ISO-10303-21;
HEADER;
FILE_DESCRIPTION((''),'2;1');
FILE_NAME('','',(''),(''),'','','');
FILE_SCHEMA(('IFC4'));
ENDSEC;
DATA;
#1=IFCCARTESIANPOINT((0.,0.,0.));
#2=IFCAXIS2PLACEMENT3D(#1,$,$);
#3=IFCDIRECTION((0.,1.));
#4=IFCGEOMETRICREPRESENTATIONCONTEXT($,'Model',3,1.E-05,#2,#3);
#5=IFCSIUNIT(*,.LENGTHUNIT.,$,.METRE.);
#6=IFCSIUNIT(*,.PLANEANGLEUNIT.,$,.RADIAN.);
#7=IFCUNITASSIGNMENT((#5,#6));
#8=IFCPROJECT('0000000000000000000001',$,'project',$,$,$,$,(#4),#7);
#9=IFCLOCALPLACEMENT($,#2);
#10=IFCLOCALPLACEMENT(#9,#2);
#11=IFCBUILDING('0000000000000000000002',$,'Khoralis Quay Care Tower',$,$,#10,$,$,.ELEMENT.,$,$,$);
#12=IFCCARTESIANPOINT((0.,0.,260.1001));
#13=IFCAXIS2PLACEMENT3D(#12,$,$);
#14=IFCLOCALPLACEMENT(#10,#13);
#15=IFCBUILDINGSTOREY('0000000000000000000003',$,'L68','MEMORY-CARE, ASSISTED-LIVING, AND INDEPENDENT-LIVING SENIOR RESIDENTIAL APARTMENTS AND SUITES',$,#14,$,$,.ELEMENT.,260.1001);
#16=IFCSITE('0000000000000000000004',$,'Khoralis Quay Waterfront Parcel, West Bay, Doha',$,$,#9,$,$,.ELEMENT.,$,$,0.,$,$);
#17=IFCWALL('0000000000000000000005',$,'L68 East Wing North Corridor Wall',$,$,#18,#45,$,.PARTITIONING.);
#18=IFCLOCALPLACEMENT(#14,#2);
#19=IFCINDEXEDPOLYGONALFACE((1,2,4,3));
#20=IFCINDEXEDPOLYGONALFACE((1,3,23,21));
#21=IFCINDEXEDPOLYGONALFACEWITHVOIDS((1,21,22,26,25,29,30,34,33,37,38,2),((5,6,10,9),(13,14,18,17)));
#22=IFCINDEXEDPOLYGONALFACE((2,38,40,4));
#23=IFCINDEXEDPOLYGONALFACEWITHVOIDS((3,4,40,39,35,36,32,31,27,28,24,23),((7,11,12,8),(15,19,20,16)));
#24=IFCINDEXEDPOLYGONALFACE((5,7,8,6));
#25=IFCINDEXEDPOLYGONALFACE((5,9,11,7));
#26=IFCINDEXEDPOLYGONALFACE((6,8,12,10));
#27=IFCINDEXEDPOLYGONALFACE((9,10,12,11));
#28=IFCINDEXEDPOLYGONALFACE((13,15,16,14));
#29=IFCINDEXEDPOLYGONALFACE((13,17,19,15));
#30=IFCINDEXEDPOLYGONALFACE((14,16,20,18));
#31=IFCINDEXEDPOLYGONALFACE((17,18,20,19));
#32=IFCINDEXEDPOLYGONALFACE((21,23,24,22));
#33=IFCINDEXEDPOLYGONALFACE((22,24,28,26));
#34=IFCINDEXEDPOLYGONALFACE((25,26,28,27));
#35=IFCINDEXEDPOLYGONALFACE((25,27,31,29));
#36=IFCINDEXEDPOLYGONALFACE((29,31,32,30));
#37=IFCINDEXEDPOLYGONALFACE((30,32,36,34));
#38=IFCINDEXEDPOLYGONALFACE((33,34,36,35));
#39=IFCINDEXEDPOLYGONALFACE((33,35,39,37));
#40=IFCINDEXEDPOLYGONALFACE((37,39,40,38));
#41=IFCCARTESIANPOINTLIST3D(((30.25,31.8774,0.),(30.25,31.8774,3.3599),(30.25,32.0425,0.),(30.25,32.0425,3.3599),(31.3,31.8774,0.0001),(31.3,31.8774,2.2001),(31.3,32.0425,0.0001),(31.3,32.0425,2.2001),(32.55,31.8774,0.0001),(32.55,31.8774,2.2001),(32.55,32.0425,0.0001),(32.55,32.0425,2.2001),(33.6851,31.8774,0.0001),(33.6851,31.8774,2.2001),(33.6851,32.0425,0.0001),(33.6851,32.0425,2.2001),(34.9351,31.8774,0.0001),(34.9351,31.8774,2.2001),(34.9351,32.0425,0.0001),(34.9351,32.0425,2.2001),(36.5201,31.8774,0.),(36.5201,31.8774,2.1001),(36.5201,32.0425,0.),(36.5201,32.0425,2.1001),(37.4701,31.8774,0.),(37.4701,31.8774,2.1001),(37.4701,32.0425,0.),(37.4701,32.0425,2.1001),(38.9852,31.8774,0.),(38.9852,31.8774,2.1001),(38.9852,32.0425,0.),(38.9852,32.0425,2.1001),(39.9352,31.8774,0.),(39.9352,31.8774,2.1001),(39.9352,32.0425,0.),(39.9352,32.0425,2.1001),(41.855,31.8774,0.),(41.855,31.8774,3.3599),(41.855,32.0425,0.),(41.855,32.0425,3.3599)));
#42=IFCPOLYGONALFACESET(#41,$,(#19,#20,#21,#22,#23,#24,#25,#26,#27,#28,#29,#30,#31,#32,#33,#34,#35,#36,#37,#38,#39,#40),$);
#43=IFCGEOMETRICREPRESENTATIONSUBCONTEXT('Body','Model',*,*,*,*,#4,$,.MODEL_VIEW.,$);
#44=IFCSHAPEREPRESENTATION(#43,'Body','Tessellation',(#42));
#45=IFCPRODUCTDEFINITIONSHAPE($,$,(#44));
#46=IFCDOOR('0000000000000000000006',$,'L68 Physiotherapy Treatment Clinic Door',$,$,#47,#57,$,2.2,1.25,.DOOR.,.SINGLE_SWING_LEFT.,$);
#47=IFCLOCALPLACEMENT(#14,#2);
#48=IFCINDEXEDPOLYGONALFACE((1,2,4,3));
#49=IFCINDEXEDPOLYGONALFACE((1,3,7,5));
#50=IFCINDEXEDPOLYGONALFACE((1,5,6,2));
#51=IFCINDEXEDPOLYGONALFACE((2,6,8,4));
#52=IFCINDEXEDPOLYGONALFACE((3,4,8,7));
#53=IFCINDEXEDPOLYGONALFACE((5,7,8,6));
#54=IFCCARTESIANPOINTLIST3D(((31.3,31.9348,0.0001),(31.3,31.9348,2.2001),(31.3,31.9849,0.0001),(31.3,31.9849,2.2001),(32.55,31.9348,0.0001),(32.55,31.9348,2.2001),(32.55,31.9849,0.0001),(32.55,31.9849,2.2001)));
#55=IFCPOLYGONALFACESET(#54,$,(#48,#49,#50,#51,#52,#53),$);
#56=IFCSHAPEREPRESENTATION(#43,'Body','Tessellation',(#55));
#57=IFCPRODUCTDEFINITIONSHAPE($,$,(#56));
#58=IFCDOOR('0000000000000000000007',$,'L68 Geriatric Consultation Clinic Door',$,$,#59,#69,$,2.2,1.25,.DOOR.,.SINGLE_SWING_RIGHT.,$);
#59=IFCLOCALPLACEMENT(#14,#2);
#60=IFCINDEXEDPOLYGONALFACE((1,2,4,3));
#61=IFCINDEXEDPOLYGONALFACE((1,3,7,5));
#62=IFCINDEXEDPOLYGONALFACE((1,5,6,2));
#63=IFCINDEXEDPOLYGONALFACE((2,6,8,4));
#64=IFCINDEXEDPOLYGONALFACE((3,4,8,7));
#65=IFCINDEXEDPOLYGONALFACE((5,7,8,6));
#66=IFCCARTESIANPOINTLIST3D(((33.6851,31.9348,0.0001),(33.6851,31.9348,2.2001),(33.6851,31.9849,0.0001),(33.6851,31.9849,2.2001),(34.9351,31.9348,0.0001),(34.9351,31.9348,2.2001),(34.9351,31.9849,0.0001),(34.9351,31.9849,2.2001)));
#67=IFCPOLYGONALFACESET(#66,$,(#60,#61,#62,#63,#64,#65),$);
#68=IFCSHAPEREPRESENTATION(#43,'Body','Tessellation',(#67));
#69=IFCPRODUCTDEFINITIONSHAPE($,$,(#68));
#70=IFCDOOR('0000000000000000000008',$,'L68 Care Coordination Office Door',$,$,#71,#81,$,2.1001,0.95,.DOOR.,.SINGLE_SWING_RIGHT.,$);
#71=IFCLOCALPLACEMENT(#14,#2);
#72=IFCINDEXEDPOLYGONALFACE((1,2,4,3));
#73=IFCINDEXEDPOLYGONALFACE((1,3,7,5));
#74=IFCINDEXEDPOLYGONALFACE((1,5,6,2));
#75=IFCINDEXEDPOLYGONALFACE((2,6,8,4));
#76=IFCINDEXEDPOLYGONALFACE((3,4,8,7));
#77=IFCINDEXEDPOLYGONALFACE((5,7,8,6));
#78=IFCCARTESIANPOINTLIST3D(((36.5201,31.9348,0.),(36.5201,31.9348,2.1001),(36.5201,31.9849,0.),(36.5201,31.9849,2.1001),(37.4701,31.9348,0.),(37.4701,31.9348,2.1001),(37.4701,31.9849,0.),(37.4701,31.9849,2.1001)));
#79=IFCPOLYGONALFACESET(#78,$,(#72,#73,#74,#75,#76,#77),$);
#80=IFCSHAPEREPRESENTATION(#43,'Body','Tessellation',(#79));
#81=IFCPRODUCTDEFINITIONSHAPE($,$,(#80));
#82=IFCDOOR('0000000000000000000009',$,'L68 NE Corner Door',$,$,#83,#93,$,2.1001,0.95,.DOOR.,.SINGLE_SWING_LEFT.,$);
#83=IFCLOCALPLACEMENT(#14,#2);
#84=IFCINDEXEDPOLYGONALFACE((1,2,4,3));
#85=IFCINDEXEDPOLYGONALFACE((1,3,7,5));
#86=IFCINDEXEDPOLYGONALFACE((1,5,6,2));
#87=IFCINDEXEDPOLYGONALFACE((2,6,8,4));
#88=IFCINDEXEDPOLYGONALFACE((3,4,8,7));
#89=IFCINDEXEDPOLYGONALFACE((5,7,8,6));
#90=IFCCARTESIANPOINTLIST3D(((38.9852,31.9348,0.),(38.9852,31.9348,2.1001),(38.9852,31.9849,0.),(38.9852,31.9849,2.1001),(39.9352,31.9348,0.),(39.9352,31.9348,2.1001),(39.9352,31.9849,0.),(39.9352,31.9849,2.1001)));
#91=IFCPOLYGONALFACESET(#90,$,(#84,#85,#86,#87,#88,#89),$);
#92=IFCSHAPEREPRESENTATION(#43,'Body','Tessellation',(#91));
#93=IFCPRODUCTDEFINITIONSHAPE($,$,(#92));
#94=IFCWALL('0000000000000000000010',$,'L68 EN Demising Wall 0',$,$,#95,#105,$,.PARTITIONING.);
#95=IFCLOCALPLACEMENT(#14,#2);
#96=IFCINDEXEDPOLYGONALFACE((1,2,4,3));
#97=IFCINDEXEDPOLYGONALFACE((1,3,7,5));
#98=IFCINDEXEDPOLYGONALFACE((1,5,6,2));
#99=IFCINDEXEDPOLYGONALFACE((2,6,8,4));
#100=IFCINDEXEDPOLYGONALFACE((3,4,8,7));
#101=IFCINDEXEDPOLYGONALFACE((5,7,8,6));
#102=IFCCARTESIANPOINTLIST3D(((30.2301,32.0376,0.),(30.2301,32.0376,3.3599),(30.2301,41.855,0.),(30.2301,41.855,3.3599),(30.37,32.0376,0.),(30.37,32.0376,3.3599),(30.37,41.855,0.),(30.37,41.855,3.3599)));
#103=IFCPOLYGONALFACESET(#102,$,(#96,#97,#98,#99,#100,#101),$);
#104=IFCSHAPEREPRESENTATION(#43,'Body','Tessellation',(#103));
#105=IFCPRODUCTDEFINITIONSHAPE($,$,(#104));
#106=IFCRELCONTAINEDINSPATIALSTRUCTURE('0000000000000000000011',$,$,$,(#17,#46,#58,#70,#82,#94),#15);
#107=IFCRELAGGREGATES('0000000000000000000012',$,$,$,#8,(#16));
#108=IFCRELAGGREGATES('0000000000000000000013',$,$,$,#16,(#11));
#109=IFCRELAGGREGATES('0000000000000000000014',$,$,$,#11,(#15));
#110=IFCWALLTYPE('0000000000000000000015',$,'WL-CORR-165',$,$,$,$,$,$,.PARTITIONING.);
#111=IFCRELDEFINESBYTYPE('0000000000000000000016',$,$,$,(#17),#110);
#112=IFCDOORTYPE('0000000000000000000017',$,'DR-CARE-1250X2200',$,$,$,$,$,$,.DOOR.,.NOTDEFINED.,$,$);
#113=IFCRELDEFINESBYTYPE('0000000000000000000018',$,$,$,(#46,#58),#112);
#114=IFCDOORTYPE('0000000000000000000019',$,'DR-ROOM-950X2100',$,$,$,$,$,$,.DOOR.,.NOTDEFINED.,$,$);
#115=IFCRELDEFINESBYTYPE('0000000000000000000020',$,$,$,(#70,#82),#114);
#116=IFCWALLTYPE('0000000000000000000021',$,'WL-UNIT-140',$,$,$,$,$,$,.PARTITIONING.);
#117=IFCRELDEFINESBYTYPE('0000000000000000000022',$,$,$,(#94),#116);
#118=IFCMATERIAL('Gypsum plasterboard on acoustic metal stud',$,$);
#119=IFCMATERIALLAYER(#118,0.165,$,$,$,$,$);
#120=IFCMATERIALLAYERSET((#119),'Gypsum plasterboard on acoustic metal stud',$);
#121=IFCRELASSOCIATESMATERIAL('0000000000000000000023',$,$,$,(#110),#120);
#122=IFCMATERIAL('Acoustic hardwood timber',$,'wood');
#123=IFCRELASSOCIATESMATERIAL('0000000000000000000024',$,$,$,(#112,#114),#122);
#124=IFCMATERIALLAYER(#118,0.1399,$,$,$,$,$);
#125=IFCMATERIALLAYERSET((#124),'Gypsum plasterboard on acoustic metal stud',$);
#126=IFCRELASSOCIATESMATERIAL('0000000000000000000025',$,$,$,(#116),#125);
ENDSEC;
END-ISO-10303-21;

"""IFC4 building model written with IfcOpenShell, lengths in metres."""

from ifc_helpers import new_model, si_unit, direction, frame, frame_2d, origin, place, context, subcontext, project, spatial, rectangle, extrude, source, transform, mapped, material, layer, layer_set, type_object, element, fill, save


model = new_model("IFC4")

# Units and contexts
model_context = context("Model", 3, precision=1e-05, world=origin(), true_north=direction((0.0, 1.0)))
body_context = subcontext(model_context, "Body", "Model", "MODEL_VIEW")
ifc_project = project(units=[si_unit("LENGTHUNIT", "METRE"), si_unit("PLANEANGLEUNIT", "RADIAN")], contexts=[model_context])

# Site, building, storey
site_placement = place(None, origin())
site = spatial("IfcSite", under=ifc_project, at=site_placement, Name="Khoralis Quay Waterfront Parcel, West Bay, Doha", CompositionType="ELEMENT", RefElevation=0.0)
building_placement = place(site_placement, origin())
building = spatial("IfcBuilding", under=site, at=building_placement, Name="Khoralis Quay Care Tower", CompositionType="ELEMENT")
storey_placement = place(building_placement, frame((0.0, 0.0, 260.1001)))
storey = spatial("IfcBuildingStorey", under=building, at=storey_placement, Name="L68", Description="MEMORY-CARE, ASSISTED-LIVING, AND INDEPENDENT-LIVING SENIOR RESIDENTIAL APARTMENTS AND SUITES", CompositionType="ELEMENT", Elevation=260.1001)

# Shared definitions
ifc_material_1 = material(Name="Gypsum plasterboard on acoustic metal stud")
ifc_layer_1 = layer(ifc_material_1, 0.165)
ifc_layer_set_1 = layer_set([ifc_layer_1], Name="Gypsum plasterboard on acoustic metal stud")
wall_type_1 = type_object("IfcWallType", Name="WL-CORR-165", PredefinedType="PARTITIONING", material=ifc_layer_set_1)

# Wall, openings, doors
wall_1_placement = place(storey_placement, frame((30.25, 31.96, 0.0), z_axis=(0.0, 0.0, 1.0), x_axis=(1.0, 0.0, 0.0)))
wall_1 = element("IfcWall", 1, at=wall_1_placement, inside=storey, type_object=wall_type_1, Name="L68 East Wing North Corridor Wall", PredefinedType="PARTITIONING", context=body_context, shape_type="SweptSolid", body=[
    extrude(rectangle(XDim=11.605, YDim=0.165, at=frame_2d((5.8025, 0.0))), origin(), (0.0, 0.0, 1.0), 3.3599),
])
opening_1_placement = place(wall_1_placement, frame((1.05, 0.0, 0.0)))
opening_1 = element("IfcOpeningElement", 2, at=opening_1_placement, cuts=wall_1, PredefinedType="OPENING", context=body_context, shape_type="SweptSolid", body=[
    extrude(rectangle(XDim=1.25, YDim=2.2, at=frame_2d((0.625, 1.1001))), frame((0.0, 0.0925, 0.0), z_axis=(0.0, -1.0, 0.0), x_axis=(1.0, 0.0, 0.0)), (0.0, 0.0, 1.0), 0.1851),
])
opening_2_placement = place(wall_1_placement, frame((3.4351, 0.0, 0.0)))
opening_2 = element("IfcOpeningElement", 3, at=opening_2_placement, cuts=wall_1, PredefinedType="OPENING", context=body_context, shape_type="SweptSolid", body=[
    extrude(rectangle(XDim=1.25, YDim=2.2, at=frame_2d((0.625, 1.1001))), frame((0.0, 0.0925, 0.0), z_axis=(0.0, -1.0, 0.0), x_axis=(1.0, 0.0, 0.0)), (0.0, 0.0, 1.0), 0.1851),
])
opening_3_placement = place(wall_1_placement, frame((6.27, 0.0, 0.0)))
opening_3 = element("IfcOpeningElement", 4, at=opening_3_placement, cuts=wall_1, PredefinedType="OPENING", context=body_context, shape_type="SweptSolid", body=[
    extrude(rectangle(XDim=0.95, YDim=2.1001, at=frame_2d((0.4751, 1.05))), frame((0.0, 0.0925, 0.0), z_axis=(0.0, -1.0, 0.0), x_axis=(1.0, 0.0, 0.0)), (0.0, 0.0, 1.0), 0.1851),
])
opening_4_placement = place(wall_1_placement, frame((8.7351, 0.0, 0.0)))
opening_4 = element("IfcOpeningElement", 5, at=opening_4_placement, cuts=wall_1, PredefinedType="OPENING", context=body_context, shape_type="SweptSolid", body=[
    extrude(rectangle(XDim=0.95, YDim=2.1001, at=frame_2d((0.4751, 1.05))), frame((0.0, 0.0925, 0.0), z_axis=(0.0, -1.0, 0.0), x_axis=(1.0, 0.0, 0.0)), (0.0, 0.0, 1.0), 0.1851),
])
ifc_material_2 = material(Name="Acoustic hardwood timber", Category="wood")
door_type_1 = type_object("IfcDoorType", Name="DR-CARE-1250X2200", OperationType="NOTDEFINED", PredefinedType="DOOR", material=ifc_material_2)
shared_shape_1 = source(origin(), body_context, "Body", "SweptSolid", [
    extrude(rectangle(XDim=1.25, YDim=2.2, at=frame_2d((0.625, 1.1001))), frame((0.0, 0.0249, 0.0), z_axis=(0.0, -1.0, 0.0), x_axis=(1.0, 0.0, 0.0)), (0.0, 0.0, 1.0), 0.05),
])
door_1_placement = place(opening_1_placement, origin())
door_1 = element("IfcDoor", 6, at=door_1_placement, inside=storey, type_object=door_type_1, Name="L68 Physiotherapy Treatment Clinic Door", OperationType="SINGLE_SWING_LEFT", OverallHeight=2.2, OverallWidth=1.25, PredefinedType="DOOR", context=body_context, shape_type="MappedRepresentation", body=[
    mapped(shared_shape_1, transform((0.0, 0.0, 0.0), scale=1.0)),
])
fill(opening_1, door_1)
door_2_placement = place(opening_2_placement, origin())
door_2 = element("IfcDoor", 7, at=door_2_placement, inside=storey, type_object=door_type_1, Name="L68 Geriatric Consultation Clinic Door", OperationType="SINGLE_SWING_RIGHT", OverallHeight=2.2, OverallWidth=1.25, PredefinedType="DOOR", context=body_context, shape_type="MappedRepresentation", body=[
    mapped(shared_shape_1, transform((0.0, 0.0, 0.0), scale=1.0)),
])
fill(opening_2, door_2)
door_type_2 = type_object("IfcDoorType", Name="DR-ROOM-950X2100", OperationType="NOTDEFINED", PredefinedType="DOOR", material=ifc_material_2)
shared_shape_2 = source(origin(), body_context, "Body", "SweptSolid", [
    extrude(rectangle(XDim=0.95, YDim=2.1001, at=frame_2d((0.4751, 1.05))), frame((0.0, 0.0249, 0.0), z_axis=(0.0, -1.0, 0.0), x_axis=(1.0, 0.0, 0.0)), (0.0, 0.0, 1.0), 0.05),
])
door_3_placement = place(opening_3_placement, origin())
door_3 = element("IfcDoor", 8, at=door_3_placement, inside=storey, type_object=door_type_2, Name="L68 Care Coordination Office Door", OperationType="SINGLE_SWING_RIGHT", OverallHeight=2.1001, OverallWidth=0.95, PredefinedType="DOOR", context=body_context, shape_type="MappedRepresentation", body=[
    mapped(shared_shape_2, transform((0.0, 0.0, 0.0), scale=1.0)),
])
fill(opening_3, door_3)
door_4_placement = place(opening_4_placement, origin())
door_4 = element("IfcDoor", 9, at=door_4_placement, inside=storey, type_object=door_type_2, Name="L68 NE Corner Door", OperationType="SINGLE_SWING_LEFT", OverallHeight=2.1001, OverallWidth=0.95, PredefinedType="DOOR", context=body_context, shape_type="MappedRepresentation", body=[
    mapped(shared_shape_2, transform((0.0, 0.0, 0.0), scale=1.0)),
])
fill(opening_4, door_4)

# Wall
ifc_layer_2 = layer(ifc_material_1, 0.1399)
ifc_layer_set_2 = layer_set([ifc_layer_2], Name="Gypsum plasterboard on acoustic metal stud")
wall_type_2 = type_object("IfcWallType", Name="WL-UNIT-140", PredefinedType="PARTITIONING", material=ifc_layer_set_2)
wall_2_placement = place(storey_placement, frame((30.3, 32.0376, 0.0), z_axis=(0.0, 0.0, 1.0), x_axis=(0.0, 1.0, 0.0)))
element("IfcWall", 10, at=wall_2_placement, inside=storey, type_object=wall_type_2, Name="L68 EN Demising Wall 0", PredefinedType="PARTITIONING", context=body_context, shape_type="SweptSolid", body=[
    extrude(rectangle(XDim=9.8174, YDim=0.1399, at=frame_2d((4.9087, 0.0))), origin(), (0.0, 0.0, 1.0), 3.3599),
])

save(model, "model.ifc")
